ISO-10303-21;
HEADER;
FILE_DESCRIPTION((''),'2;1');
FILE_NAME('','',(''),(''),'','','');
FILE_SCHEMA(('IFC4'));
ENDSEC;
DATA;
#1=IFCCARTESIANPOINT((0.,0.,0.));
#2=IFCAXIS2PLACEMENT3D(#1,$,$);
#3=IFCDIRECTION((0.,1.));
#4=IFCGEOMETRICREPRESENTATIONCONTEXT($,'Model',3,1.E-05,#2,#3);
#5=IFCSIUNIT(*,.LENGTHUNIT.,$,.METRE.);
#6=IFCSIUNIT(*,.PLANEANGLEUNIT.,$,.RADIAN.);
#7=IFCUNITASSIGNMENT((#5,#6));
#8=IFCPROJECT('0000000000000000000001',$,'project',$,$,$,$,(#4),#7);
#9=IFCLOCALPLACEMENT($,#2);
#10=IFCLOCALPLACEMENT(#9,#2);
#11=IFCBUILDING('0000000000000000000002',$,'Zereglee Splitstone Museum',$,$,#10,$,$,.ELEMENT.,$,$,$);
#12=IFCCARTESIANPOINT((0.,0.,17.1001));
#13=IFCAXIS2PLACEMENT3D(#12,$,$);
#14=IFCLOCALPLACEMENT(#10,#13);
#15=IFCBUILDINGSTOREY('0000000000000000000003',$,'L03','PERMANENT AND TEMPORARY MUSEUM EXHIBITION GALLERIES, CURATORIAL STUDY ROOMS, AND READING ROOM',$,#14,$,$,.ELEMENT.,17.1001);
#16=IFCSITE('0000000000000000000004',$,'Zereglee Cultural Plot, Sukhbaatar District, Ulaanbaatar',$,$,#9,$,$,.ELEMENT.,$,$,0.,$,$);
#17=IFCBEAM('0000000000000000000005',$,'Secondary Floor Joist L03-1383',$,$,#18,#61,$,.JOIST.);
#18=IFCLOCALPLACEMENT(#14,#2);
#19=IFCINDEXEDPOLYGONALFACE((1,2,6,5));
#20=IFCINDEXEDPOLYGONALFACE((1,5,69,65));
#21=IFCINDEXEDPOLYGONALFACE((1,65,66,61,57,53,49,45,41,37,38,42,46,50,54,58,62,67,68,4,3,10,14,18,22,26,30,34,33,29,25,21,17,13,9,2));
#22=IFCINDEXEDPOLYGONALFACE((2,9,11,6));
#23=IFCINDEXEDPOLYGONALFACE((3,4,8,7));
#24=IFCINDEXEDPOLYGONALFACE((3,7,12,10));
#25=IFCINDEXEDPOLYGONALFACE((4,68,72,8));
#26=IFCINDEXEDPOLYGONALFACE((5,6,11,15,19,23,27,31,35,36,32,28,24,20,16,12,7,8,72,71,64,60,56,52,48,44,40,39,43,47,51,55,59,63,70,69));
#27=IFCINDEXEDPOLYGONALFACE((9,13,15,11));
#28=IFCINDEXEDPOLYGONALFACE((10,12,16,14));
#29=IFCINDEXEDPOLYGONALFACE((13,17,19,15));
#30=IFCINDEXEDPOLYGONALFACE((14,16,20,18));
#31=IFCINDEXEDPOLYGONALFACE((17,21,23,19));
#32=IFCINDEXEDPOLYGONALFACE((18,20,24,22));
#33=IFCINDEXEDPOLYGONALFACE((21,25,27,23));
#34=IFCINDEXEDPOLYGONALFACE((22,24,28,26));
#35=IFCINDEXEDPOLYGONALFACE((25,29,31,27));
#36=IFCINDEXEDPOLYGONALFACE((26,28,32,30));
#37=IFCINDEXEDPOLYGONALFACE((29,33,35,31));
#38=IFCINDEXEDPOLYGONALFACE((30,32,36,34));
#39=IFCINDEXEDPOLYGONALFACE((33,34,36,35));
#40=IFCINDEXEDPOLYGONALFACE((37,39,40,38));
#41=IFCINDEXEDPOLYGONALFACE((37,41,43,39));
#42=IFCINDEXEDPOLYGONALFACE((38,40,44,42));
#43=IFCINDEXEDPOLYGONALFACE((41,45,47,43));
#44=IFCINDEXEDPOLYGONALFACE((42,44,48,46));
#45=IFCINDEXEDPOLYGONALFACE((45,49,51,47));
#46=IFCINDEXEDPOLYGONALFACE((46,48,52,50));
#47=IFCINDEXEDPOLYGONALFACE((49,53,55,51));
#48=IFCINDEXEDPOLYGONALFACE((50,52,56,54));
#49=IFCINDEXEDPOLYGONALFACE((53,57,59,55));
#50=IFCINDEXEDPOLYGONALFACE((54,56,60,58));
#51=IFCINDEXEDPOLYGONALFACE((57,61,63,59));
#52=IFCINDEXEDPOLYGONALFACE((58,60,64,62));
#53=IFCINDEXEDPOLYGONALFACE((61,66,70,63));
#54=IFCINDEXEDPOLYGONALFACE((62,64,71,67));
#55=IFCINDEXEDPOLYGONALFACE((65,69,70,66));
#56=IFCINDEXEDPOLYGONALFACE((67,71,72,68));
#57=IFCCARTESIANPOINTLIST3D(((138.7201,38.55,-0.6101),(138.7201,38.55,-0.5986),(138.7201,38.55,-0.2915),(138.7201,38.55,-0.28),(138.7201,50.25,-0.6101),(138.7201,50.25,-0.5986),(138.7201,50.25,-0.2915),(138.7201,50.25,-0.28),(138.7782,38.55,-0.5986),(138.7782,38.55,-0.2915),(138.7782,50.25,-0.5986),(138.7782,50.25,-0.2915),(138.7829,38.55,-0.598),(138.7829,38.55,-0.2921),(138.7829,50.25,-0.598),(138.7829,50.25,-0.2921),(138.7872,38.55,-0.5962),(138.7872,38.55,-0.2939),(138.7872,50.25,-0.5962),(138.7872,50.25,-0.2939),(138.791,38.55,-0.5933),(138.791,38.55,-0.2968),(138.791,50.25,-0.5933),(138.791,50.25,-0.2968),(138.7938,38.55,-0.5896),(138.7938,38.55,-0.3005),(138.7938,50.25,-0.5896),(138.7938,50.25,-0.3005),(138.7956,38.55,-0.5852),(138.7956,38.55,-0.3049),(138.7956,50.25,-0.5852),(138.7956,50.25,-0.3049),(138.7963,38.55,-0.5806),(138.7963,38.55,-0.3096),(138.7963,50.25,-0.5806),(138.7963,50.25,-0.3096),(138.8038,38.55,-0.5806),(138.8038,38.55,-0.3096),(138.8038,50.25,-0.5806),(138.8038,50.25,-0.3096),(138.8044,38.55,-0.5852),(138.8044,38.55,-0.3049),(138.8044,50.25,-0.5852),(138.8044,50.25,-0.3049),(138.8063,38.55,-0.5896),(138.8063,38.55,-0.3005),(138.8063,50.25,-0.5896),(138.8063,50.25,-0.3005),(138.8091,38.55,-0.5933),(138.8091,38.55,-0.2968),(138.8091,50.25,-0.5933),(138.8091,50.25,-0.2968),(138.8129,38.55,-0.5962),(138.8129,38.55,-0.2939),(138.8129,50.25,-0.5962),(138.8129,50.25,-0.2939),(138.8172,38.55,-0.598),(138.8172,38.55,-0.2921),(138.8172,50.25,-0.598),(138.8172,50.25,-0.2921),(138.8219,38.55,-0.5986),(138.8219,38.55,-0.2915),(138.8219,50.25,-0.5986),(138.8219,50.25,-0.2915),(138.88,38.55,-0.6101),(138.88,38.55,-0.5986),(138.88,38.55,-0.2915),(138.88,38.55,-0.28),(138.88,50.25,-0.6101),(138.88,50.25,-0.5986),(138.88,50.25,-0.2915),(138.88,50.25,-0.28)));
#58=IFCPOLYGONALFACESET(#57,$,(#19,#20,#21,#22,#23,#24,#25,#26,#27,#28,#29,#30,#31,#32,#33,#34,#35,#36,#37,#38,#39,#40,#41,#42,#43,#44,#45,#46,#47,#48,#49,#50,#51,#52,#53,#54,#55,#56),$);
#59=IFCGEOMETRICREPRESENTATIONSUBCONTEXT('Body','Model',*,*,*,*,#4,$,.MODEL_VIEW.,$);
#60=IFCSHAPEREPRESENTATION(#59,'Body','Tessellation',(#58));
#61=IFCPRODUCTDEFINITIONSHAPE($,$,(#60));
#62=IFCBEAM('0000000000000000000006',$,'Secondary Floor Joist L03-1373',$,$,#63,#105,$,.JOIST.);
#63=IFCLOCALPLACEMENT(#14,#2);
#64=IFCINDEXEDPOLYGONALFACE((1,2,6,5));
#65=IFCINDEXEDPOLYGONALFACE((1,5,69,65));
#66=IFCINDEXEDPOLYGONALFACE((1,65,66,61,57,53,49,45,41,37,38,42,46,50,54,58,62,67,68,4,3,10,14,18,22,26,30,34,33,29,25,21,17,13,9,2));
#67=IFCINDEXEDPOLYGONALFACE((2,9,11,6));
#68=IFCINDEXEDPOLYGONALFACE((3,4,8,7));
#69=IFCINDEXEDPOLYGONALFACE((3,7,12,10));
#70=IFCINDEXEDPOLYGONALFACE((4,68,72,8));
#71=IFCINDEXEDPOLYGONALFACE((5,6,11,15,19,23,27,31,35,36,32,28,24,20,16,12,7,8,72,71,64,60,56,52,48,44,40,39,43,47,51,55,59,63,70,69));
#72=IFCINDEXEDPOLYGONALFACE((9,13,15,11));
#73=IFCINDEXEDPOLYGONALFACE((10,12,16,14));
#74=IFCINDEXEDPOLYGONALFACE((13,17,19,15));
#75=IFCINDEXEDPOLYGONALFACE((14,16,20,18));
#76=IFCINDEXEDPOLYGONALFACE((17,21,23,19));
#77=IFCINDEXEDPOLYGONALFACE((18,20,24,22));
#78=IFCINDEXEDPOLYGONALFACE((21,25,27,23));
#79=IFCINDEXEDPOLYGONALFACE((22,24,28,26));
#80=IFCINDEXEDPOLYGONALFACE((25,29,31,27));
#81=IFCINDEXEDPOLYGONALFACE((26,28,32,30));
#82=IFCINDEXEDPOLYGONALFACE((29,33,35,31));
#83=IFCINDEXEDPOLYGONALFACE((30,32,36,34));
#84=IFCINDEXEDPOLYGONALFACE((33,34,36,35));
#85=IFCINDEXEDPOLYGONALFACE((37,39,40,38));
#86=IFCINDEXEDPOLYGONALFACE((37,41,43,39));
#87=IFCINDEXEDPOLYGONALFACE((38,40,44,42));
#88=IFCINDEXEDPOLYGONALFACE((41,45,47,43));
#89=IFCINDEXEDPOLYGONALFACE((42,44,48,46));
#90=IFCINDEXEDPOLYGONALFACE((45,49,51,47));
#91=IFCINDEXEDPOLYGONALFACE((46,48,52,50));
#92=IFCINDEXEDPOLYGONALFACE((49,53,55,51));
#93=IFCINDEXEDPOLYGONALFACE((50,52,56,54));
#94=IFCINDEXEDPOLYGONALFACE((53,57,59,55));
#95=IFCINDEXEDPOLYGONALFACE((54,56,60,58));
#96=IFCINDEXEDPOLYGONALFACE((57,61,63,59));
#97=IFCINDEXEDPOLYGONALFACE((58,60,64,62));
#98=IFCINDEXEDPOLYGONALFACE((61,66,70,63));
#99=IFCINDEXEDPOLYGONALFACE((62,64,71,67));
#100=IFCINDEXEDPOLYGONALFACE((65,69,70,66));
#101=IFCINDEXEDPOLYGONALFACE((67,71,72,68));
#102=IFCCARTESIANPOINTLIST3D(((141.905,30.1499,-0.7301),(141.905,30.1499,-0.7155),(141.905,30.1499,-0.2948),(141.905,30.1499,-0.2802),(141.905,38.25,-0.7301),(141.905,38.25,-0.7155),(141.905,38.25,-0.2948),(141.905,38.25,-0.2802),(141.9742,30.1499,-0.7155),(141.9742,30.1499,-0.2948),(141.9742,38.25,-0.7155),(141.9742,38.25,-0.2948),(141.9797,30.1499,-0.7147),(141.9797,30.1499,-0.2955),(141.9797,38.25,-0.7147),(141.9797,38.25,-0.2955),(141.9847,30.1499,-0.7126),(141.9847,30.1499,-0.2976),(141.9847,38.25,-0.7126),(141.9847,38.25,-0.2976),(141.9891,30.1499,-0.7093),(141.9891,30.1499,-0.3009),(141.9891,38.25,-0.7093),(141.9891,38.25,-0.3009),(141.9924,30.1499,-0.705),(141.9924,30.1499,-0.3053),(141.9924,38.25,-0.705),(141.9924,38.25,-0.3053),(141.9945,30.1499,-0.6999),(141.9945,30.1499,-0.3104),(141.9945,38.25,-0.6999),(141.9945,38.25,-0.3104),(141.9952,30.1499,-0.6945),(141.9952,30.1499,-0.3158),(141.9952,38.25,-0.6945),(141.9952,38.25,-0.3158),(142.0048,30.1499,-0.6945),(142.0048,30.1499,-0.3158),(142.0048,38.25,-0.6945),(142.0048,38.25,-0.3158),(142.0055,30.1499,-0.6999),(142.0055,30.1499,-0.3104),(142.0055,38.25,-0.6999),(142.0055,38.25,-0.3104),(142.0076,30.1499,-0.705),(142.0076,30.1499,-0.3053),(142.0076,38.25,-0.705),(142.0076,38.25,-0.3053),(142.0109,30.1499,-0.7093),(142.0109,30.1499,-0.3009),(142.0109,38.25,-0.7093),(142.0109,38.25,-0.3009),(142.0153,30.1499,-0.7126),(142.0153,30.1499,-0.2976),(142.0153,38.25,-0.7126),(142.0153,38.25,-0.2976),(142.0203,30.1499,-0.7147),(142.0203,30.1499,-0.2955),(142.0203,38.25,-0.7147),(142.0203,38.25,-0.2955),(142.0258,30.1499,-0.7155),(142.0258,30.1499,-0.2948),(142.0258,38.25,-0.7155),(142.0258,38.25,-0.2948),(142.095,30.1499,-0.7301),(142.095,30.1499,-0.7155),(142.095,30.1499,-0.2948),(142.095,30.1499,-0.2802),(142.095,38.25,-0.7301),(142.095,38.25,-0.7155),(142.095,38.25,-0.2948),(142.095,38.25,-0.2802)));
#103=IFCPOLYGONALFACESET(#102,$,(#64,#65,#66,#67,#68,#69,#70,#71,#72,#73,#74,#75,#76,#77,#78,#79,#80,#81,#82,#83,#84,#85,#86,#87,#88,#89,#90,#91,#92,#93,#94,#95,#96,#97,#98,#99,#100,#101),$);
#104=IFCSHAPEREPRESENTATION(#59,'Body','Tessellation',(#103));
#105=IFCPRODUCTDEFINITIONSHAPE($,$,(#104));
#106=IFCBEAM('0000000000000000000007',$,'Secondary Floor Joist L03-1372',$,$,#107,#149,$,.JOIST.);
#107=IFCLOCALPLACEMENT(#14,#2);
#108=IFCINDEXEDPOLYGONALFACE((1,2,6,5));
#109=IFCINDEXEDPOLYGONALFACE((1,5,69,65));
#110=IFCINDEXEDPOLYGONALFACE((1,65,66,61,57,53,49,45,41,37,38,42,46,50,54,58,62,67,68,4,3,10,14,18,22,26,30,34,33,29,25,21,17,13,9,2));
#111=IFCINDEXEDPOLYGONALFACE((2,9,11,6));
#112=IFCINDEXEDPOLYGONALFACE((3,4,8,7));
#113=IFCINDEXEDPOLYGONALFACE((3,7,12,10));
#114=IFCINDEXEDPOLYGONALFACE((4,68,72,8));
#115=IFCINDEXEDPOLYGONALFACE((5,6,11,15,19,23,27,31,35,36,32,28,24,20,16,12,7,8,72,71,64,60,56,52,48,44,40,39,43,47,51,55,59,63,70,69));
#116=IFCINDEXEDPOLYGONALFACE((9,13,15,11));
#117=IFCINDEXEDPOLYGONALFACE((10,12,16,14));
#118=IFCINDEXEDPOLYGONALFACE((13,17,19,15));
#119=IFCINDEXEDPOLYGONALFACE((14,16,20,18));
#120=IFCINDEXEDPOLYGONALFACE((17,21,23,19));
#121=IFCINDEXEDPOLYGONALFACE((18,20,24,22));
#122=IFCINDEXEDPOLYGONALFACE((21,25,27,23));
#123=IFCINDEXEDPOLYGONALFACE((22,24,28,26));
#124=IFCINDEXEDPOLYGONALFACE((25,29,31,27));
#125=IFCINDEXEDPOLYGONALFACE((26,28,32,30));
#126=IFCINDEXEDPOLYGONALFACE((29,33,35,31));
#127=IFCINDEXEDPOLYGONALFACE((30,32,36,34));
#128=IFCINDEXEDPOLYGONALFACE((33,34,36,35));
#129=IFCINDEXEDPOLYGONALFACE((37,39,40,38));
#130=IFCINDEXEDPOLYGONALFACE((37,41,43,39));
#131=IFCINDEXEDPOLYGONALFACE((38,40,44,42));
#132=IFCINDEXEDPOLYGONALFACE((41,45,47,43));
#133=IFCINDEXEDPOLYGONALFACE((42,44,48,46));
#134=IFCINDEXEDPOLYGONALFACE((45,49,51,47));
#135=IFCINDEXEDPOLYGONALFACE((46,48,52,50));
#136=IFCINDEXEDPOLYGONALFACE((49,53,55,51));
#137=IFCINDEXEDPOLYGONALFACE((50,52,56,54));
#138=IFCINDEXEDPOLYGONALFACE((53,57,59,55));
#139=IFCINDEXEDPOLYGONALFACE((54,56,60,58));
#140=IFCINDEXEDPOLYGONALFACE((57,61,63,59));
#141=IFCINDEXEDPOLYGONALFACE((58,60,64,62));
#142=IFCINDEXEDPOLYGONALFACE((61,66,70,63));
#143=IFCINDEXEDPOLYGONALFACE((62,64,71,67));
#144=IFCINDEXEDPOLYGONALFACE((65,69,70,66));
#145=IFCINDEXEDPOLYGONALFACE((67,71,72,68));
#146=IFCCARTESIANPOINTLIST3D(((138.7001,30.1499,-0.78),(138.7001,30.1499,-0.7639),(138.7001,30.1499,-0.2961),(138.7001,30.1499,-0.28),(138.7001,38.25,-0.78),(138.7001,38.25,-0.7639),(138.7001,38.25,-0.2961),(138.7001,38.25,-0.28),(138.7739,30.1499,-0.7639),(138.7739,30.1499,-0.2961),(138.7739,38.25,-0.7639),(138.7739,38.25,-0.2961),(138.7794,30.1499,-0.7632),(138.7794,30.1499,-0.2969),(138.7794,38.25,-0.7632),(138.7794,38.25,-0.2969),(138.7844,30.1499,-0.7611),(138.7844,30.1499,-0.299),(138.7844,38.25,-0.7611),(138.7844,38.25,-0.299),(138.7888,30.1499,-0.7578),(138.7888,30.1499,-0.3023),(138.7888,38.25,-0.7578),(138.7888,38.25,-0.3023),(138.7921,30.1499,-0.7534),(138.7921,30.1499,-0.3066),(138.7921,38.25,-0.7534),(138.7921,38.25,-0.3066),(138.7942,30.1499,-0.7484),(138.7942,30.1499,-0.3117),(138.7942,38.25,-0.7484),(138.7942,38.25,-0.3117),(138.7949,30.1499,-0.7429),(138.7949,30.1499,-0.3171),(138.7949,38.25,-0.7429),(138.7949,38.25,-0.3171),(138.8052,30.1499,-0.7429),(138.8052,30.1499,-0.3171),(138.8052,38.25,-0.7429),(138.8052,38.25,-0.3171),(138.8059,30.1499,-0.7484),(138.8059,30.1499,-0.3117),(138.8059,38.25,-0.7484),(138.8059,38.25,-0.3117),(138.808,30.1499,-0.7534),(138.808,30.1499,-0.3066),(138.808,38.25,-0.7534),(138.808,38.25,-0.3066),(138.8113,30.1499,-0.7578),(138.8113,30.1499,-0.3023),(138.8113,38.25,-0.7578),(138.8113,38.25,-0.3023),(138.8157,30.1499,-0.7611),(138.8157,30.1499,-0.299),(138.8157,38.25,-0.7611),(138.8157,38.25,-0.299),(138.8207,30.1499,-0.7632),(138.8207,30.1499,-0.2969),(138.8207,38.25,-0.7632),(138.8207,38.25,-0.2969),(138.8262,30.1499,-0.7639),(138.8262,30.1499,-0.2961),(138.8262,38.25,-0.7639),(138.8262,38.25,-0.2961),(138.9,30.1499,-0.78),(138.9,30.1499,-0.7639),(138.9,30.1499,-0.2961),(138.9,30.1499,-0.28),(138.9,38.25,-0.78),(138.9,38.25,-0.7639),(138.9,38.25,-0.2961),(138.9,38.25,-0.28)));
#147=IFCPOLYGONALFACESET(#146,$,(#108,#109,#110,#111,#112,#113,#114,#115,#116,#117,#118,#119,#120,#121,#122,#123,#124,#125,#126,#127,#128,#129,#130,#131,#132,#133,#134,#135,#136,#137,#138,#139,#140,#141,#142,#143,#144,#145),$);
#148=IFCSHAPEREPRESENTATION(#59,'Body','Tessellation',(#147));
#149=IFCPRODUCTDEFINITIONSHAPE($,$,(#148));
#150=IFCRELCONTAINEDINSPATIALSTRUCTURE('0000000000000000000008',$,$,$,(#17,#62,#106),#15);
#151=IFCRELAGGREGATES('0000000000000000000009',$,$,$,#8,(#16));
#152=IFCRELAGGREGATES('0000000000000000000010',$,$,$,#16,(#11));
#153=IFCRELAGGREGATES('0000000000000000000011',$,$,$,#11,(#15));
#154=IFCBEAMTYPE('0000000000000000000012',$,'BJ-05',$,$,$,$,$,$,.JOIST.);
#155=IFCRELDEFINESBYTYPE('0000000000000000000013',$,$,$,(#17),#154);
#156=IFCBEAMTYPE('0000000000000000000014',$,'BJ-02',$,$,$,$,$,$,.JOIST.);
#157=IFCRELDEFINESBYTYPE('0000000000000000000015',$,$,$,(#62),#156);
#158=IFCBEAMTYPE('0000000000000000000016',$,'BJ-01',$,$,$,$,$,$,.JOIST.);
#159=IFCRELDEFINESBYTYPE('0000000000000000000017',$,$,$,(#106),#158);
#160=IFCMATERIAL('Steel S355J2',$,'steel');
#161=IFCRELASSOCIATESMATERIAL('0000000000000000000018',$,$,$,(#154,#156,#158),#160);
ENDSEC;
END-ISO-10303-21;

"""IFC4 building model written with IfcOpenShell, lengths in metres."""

from ifc_helpers import new_model, si_unit, direction, frame, origin, origin_2d, place, context, subcontext, project, spatial, i_section, extrude, material, material_profile, profile_set, type_object, element, save


model = new_model("IFC4")

# Units and contexts
model_context = context("Model", 3, precision=1e-05, world=origin(), true_north=direction((0.0, 1.0)))
body_context = subcontext(model_context, "Body", "Model", "MODEL_VIEW")
ifc_project = project(units=[si_unit("LENGTHUNIT", "METRE"), si_unit("PLANEANGLEUNIT", "RADIAN")], contexts=[model_context])

# Site, building, storey
site_placement = place(None, origin())
site = spatial("IfcSite", under=ifc_project, at=site_placement, Name="Zereglee Cultural Plot, Sukhbaatar District, Ulaanbaatar", CompositionType="ELEMENT", RefElevation=0.0)
building_placement = place(site_placement, origin())
building = spatial("IfcBuilding", under=site, at=building_placement, Name="Zereglee Splitstone Museum", CompositionType="ELEMENT")
storey_placement = place(building_placement, frame((0.0, 0.0, 17.1001)))
storey = spatial("IfcBuildingStorey", under=building, at=storey_placement, Name="L03", Description="PERMANENT AND TEMPORARY MUSEUM EXHIBITION GALLERIES, CURATORIAL STUDY ROOMS, AND READING ROOM", CompositionType="ELEMENT", Elevation=17.1001)

# Shared definitions
ifc_material_1 = material(Name="Steel S355J2", Category="steel")

# Beams
ifc_material_profile_1 = material_profile(ifc_material_1, i_section(OverallWidth=0.1599, OverallDepth=0.3301, WebThickness=0.0076, FlangeThickness=0.0115, FilletRadius=0.0181, at=origin_2d()), Name="IPE 330")
ifc_profile_set_1 = profile_set([ifc_material_profile_1], Name="Steel S355J2")
beam_type_1 = type_object("IfcBeamType", Name="BJ-05", PredefinedType="JOIST", material=ifc_profile_set_1)
beam_1_placement = place(storey_placement, frame((138.8, 38.55, -0.4451), z_axis=(0.0, 1.0, 0.0), x_axis=(-1.0, 0.0, 0.0)))
element("IfcBeam", 1, at=beam_1_placement, inside=storey, type_object=beam_type_1, Name="Secondary Floor Joist L03-1383", PredefinedType="JOIST", context=body_context, shape_type="SweptSolid", body=[
    extrude(i_section(OverallWidth=0.1599, OverallDepth=0.3301, WebThickness=0.0076, FlangeThickness=0.0115, FilletRadius=0.0181, at=origin_2d()), origin(), (0.0, 0.0, 1.0), 11.7),
])
ifc_material_profile_2 = material_profile(ifc_material_1, i_section(OverallWidth=0.1899, OverallDepth=0.45, WebThickness=0.0095, FlangeThickness=0.0146, FilletRadius=0.021, at=origin_2d()), Name="IPE 450")
ifc_profile_set_2 = profile_set([ifc_material_profile_2], Name="Steel S355J2")
beam_type_2 = type_object("IfcBeamType", Name="BJ-02", PredefinedType="JOIST", material=ifc_profile_set_2)
beam_2_placement = place(storey_placement, frame((142.0, 30.1499, -0.5051), z_axis=(0.0, 1.0, 0.0), x_axis=(-1.0, 0.0, 0.0)))
element("IfcBeam", 2, at=beam_2_placement, inside=storey, type_object=beam_type_2, Name="Secondary Floor Joist L03-1373", PredefinedType="JOIST", context=body_context, shape_type="SweptSolid", body=[
    extrude(i_section(OverallWidth=0.1899, OverallDepth=0.45, WebThickness=0.0095, FlangeThickness=0.0146, FilletRadius=0.021, at=origin_2d()), origin(), (0.0, 0.0, 1.0), 8.1001),
])
ifc_material_profile_3 = material_profile(ifc_material_1, i_section(OverallWidth=0.2, OverallDepth=0.5, WebThickness=0.0103, FlangeThickness=0.0161, FilletRadius=0.021, at=origin_2d()), Name="IPE 500")
ifc_profile_set_3 = profile_set([ifc_material_profile_3], Name="Steel S355J2")
beam_type_3 = type_object("IfcBeamType", Name="BJ-01", PredefinedType="JOIST", material=ifc_profile_set_3)
beam_3_placement = place(storey_placement, frame((138.8, 30.1499, -0.53), z_axis=(0.0, 1.0, 0.0), x_axis=(-1.0, 0.0, 0.0)))
element("IfcBeam", 3, at=beam_3_placement, inside=storey, type_object=beam_type_3, Name="Secondary Floor Joist L03-1372", PredefinedType="JOIST", context=body_context, shape_type="SweptSolid", body=[
    extrude(i_section(OverallWidth=0.2, OverallDepth=0.5, WebThickness=0.0103, FlangeThickness=0.0161, FilletRadius=0.021, at=origin_2d()), origin(), (0.0, 0.0, 1.0), 8.1001),
])

save(model, "model.ifc")
